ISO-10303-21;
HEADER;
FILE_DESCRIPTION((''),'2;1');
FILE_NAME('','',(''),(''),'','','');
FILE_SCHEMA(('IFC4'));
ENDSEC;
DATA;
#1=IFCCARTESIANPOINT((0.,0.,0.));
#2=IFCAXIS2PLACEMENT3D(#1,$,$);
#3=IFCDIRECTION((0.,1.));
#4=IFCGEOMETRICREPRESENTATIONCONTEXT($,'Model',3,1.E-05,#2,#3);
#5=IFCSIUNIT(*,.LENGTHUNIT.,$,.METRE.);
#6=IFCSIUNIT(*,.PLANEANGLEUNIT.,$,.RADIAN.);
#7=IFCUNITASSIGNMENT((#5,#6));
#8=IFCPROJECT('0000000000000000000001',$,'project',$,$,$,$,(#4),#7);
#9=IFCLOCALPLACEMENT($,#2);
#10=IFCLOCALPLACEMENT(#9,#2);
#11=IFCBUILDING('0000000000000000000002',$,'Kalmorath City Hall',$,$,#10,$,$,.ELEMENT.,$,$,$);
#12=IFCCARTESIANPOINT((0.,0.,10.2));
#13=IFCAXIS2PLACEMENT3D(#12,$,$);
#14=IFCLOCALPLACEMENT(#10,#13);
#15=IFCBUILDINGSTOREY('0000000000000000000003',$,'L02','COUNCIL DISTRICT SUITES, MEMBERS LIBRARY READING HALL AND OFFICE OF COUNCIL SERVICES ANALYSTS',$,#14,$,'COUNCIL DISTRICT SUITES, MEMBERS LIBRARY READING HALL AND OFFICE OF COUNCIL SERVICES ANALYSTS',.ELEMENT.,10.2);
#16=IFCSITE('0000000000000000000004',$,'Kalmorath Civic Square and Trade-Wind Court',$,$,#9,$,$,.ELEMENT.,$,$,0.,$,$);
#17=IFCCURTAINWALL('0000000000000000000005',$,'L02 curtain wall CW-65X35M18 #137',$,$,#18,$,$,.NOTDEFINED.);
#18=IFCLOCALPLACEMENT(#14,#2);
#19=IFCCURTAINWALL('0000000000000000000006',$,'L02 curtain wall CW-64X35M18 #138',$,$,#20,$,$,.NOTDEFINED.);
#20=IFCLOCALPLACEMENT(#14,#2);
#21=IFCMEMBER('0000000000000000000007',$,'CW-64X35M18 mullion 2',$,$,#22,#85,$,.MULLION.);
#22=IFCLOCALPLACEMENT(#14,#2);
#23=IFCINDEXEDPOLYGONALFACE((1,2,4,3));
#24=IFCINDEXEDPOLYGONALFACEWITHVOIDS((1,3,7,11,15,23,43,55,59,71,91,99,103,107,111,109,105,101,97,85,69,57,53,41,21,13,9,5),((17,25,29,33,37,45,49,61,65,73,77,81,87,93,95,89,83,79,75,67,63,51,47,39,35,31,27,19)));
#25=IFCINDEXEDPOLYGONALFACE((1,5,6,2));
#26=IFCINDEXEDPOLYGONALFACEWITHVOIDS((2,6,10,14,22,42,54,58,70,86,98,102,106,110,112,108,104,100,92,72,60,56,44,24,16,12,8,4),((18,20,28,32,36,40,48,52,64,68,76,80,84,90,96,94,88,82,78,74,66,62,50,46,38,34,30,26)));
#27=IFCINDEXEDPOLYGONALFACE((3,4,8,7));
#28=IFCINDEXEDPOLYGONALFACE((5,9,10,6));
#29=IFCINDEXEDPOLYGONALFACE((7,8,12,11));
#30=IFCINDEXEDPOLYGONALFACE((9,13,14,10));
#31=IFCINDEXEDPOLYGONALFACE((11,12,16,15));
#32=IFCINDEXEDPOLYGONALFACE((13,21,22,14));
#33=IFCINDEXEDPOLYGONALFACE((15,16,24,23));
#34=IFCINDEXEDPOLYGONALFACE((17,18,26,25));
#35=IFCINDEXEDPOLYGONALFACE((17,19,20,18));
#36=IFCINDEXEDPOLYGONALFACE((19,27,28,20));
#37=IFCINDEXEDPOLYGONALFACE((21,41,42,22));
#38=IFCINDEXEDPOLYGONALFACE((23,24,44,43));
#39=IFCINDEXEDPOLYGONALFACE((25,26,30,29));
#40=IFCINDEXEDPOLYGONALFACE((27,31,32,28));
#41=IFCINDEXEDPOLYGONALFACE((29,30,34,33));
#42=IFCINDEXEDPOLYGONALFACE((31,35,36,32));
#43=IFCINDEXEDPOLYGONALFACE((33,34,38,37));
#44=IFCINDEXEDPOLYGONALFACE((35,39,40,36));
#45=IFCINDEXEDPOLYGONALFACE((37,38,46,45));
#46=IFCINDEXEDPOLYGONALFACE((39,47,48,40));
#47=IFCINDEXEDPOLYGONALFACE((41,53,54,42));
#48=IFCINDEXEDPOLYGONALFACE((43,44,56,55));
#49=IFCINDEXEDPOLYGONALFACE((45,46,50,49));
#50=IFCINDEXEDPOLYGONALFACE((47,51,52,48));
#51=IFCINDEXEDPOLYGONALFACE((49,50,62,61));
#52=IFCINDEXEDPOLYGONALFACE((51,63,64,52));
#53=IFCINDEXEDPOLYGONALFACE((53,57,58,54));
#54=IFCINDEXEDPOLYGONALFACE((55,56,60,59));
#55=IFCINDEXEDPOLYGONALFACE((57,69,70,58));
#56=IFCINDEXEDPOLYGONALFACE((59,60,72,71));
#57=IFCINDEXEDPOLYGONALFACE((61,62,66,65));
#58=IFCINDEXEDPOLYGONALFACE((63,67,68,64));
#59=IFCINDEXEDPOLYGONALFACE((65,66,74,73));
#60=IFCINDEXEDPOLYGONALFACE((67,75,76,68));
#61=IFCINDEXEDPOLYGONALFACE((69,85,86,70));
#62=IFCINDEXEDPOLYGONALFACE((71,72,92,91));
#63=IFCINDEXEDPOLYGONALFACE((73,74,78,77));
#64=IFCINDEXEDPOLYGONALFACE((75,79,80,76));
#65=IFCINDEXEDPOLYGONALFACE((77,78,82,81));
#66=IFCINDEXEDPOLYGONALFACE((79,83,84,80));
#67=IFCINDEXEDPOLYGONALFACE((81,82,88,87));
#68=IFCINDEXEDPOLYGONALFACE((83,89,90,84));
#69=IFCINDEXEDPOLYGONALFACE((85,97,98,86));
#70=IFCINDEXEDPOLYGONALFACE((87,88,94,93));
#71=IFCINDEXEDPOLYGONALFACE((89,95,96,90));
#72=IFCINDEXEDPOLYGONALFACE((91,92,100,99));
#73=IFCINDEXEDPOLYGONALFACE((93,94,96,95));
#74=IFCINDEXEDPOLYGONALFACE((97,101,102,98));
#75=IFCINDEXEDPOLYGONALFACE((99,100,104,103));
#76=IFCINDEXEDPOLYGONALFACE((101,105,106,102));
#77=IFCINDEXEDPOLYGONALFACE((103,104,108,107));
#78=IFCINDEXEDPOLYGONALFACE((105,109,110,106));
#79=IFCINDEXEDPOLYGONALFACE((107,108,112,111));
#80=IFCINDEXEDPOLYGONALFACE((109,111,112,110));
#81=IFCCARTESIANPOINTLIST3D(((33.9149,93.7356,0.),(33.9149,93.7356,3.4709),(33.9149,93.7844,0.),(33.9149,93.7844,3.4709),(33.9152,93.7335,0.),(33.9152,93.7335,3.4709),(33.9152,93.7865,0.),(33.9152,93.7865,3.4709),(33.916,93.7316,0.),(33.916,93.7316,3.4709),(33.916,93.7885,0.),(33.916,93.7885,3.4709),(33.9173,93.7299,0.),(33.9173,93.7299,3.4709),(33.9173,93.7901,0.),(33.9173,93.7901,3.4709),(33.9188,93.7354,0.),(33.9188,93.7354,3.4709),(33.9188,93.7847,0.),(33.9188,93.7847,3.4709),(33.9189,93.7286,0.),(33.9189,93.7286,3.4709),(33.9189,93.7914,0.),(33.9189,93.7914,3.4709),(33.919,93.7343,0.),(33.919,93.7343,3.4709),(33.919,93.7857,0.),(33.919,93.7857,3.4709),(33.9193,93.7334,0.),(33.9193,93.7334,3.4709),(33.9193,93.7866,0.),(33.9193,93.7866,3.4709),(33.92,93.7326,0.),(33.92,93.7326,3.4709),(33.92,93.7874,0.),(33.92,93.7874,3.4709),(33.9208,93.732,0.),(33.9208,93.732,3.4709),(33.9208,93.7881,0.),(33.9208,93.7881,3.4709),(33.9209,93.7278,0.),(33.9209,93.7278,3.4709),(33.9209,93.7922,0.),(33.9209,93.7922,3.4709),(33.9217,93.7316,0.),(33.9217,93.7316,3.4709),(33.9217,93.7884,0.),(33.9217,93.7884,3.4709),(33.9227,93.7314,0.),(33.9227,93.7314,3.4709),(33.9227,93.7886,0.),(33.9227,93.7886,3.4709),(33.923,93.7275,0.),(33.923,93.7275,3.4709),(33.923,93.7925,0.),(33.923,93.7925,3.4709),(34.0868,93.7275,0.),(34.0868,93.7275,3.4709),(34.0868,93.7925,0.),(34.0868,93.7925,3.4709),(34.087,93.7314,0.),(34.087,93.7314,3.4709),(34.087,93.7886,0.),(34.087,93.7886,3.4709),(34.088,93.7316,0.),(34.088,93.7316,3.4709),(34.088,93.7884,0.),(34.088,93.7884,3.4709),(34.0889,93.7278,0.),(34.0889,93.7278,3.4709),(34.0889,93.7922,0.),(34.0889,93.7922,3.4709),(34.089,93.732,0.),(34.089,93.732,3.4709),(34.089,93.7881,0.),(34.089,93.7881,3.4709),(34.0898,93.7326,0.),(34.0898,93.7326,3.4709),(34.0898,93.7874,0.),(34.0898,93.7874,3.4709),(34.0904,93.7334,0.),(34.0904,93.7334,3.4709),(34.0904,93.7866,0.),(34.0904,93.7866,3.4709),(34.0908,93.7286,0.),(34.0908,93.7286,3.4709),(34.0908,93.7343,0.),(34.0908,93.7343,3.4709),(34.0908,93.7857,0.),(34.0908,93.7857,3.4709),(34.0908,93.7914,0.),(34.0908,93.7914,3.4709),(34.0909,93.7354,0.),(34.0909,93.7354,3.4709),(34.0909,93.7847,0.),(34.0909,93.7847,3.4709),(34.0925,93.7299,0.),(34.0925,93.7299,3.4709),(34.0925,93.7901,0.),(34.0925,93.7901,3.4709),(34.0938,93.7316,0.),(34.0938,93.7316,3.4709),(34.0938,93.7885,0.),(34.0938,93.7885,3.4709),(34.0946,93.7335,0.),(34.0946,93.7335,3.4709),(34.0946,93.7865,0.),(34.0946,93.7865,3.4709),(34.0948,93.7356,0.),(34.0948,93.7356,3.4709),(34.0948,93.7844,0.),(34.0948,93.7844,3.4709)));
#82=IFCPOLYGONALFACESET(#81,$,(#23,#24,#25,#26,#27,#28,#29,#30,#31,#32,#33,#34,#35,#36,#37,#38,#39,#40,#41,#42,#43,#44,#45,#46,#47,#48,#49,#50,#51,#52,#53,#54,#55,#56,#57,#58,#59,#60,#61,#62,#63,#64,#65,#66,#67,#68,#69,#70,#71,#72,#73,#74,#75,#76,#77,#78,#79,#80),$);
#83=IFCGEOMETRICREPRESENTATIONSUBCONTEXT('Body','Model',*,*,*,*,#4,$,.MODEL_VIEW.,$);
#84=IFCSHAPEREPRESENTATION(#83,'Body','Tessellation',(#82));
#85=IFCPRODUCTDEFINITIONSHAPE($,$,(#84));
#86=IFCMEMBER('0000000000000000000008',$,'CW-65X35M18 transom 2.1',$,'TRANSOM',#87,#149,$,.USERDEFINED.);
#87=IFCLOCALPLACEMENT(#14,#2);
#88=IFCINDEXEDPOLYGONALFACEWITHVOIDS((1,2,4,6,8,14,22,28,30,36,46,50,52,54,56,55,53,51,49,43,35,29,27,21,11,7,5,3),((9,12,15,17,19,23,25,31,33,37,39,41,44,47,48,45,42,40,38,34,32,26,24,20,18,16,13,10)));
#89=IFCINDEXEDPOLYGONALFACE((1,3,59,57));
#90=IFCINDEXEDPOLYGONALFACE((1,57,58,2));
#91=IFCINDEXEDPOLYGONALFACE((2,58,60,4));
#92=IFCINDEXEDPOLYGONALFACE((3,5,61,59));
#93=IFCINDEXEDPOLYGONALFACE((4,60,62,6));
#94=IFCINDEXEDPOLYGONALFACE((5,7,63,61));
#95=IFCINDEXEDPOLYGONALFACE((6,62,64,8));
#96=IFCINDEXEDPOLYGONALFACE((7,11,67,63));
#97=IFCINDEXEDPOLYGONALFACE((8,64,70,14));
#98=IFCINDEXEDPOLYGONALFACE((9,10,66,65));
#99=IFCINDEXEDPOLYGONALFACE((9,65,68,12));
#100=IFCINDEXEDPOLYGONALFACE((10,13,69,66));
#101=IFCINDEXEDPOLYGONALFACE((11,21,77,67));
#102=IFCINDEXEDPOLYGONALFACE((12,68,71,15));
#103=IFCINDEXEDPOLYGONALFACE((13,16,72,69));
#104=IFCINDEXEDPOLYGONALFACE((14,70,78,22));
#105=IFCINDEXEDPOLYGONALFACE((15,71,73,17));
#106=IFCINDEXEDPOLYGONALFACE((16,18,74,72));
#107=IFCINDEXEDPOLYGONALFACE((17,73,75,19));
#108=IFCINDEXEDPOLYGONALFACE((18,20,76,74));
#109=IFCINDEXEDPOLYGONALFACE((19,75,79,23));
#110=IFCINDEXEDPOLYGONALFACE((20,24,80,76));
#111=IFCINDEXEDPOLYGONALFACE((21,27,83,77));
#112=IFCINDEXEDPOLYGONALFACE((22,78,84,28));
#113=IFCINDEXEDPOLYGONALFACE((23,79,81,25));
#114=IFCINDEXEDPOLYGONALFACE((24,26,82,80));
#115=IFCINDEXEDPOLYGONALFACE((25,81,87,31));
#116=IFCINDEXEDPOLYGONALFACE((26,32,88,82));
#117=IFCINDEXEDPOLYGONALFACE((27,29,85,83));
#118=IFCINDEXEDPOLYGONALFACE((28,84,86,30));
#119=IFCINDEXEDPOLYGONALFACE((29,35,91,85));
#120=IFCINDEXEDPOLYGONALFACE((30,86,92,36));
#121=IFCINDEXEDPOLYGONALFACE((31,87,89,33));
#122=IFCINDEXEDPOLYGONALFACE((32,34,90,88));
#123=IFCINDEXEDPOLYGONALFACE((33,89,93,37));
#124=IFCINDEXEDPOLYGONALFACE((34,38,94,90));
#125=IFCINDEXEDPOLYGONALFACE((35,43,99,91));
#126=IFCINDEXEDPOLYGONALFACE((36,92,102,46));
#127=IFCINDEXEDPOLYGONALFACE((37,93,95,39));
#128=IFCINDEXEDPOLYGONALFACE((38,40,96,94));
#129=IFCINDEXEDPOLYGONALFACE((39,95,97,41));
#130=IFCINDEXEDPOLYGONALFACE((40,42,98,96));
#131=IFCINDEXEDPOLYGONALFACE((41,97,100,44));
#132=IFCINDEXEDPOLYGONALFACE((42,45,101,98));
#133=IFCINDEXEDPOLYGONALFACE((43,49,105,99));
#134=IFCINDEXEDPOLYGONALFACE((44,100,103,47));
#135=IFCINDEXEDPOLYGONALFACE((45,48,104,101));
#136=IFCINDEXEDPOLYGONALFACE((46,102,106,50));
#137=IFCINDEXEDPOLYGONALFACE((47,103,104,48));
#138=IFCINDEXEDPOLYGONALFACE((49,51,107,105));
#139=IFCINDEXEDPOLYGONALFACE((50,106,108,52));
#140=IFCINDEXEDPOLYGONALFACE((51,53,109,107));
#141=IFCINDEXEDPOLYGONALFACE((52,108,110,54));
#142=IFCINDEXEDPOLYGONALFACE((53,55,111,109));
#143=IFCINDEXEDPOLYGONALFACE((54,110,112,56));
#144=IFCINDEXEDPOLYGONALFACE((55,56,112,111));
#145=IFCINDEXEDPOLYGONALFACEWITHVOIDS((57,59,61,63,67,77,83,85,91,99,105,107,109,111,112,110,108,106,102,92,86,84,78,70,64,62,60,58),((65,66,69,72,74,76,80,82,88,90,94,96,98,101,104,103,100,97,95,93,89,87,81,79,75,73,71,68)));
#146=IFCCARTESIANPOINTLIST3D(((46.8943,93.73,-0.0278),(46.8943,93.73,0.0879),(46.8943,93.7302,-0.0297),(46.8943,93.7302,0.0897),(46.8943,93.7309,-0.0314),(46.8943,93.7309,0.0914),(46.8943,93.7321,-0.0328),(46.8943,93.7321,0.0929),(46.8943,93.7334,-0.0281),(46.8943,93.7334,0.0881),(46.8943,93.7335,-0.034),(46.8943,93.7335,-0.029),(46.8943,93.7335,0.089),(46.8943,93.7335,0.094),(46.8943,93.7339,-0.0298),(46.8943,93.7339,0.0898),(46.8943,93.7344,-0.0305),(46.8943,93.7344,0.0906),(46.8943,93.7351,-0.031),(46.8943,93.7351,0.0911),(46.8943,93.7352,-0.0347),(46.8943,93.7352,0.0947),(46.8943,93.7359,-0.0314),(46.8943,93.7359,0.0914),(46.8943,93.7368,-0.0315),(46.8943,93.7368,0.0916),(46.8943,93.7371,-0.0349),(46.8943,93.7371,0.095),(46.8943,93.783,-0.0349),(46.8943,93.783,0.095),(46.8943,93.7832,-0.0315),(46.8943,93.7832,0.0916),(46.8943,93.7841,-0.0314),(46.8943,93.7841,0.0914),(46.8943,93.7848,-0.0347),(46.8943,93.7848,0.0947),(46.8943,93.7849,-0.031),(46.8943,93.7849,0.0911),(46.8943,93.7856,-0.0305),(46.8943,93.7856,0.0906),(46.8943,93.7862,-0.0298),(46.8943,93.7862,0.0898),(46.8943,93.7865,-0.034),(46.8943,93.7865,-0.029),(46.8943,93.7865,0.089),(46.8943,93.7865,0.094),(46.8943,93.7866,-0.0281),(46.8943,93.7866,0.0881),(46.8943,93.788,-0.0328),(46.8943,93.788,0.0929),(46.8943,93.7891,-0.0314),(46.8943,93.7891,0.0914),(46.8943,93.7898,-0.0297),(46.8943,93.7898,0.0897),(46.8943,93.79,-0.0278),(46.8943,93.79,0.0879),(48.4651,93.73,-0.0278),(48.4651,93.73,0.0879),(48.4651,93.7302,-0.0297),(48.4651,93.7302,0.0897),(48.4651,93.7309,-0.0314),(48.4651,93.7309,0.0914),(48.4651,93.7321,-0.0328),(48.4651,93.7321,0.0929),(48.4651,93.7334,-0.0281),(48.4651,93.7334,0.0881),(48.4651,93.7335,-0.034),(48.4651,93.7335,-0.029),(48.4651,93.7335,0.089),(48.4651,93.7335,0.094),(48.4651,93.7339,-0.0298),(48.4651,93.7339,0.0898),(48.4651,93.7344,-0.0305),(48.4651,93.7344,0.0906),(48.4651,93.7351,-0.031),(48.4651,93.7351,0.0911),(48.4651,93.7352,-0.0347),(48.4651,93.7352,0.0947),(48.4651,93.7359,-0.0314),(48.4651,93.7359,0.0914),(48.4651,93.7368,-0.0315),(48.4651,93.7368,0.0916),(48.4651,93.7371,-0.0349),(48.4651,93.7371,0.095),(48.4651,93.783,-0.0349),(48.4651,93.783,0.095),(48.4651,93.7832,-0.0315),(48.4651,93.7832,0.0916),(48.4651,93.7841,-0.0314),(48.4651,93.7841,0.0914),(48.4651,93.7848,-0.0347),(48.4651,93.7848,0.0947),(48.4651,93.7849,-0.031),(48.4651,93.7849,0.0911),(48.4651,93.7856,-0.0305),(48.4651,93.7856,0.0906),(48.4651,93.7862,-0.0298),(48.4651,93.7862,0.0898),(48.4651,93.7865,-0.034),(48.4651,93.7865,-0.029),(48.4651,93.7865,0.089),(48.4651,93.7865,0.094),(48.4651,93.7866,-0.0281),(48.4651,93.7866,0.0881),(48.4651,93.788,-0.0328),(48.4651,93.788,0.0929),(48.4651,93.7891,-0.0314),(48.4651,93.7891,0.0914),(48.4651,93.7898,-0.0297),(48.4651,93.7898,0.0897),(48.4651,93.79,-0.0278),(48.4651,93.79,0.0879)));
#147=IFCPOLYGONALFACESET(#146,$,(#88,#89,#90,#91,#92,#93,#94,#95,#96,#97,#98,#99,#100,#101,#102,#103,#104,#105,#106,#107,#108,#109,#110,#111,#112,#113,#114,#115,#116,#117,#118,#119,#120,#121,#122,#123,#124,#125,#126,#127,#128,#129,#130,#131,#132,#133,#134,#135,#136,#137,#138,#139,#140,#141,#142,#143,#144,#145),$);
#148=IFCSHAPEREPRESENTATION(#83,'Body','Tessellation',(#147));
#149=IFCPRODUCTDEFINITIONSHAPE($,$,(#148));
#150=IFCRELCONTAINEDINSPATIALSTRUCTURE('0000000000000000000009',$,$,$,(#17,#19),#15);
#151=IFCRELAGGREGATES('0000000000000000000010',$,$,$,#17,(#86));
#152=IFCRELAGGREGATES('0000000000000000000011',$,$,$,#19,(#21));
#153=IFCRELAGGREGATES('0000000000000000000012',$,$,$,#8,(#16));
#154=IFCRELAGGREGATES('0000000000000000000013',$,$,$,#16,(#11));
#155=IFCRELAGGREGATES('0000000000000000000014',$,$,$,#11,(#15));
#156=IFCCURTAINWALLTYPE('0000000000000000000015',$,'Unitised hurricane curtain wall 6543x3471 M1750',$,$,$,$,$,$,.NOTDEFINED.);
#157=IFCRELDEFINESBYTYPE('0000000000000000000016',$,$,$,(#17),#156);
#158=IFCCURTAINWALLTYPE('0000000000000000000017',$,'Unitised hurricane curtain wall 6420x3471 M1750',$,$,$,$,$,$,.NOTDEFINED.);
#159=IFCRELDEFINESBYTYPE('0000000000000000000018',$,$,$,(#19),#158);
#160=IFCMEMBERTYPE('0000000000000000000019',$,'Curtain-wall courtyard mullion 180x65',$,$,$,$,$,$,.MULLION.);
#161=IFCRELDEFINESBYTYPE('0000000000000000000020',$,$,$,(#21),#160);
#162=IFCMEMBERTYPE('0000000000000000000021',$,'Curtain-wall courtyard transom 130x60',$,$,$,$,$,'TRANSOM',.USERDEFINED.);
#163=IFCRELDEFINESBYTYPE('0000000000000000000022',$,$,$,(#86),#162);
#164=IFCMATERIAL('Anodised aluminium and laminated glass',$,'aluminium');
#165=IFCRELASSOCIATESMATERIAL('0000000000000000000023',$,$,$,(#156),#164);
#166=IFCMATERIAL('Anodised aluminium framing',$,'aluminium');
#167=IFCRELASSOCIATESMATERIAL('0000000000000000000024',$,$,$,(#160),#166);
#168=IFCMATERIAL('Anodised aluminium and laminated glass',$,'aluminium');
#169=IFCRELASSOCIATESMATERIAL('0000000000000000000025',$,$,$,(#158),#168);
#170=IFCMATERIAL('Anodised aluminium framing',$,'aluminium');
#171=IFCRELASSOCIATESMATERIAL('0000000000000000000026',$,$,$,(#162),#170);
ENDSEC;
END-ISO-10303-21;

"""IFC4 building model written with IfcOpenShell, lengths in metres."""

from ifc_helpers import new_model, si_unit, direction, frame, origin, origin_2d, place, context, subcontext, project, spatial, hollow_rectangle, extrude, material, material_profile, profile_set, type_object, element, aggregate, save


model = new_model("IFC4")

# Units and contexts
model_context = context("Model", 3, precision=1e-05, world=origin(), true_north=direction((0.0, 1.0)))
body_context = subcontext(model_context, "Body", "Model", "MODEL_VIEW")
ifc_project = project(units=[si_unit("LENGTHUNIT", "METRE"), si_unit("PLANEANGLEUNIT", "RADIAN")], contexts=[model_context])

# Site, building, storey
site_placement = place(None, origin())
site = spatial("IfcSite", under=ifc_project, at=site_placement, Name="Kalmorath Civic Square and Trade-Wind Court", CompositionType="ELEMENT", RefElevation=0.0)
building_placement = place(site_placement, origin())
building = spatial("IfcBuilding", under=site, at=building_placement, Name="Kalmorath City Hall", CompositionType="ELEMENT")
storey_placement = place(building_placement, frame((0.0, 0.0, 10.2)))
storey = spatial("IfcBuildingStorey", under=building, at=storey_placement, Name="L02", Description="COUNCIL DISTRICT SUITES, MEMBERS LIBRARY READING HALL AND OFFICE OF COUNCIL SERVICES ANALYSTS", LongName="COUNCIL DISTRICT SUITES, MEMBERS LIBRARY READING HALL AND OFFICE OF COUNCIL SERVICES ANALYSTS", CompositionType="ELEMENT", Elevation=10.2)

# Curtain walls, member
ifc_material_1 = material(Name="Anodised aluminium and laminated glass", Category="aluminium")
curtain_wall_type_1 = type_object("IfcCurtainWallType", Name="Unitised hurricane curtain wall 6543x3471 M1750", PredefinedType="NOTDEFINED", material=ifc_material_1)
curtain_wall_1_placement = place(storey_placement, origin())
curtain_wall_1 = element("IfcCurtainWall", 1, at=curtain_wall_1_placement, inside=storey, type_object=curtain_wall_type_1, Name="L02 curtain wall CW-65X35M18 #137", PredefinedType="NOTDEFINED")
ifc_material_2 = material(Name="Anodised aluminium framing", Category="aluminium")
ifc_material_profile_1 = material_profile(ifc_material_2, hollow_rectangle(XDim=0.0649, YDim=0.1799, WallThickness=0.0039, InnerFilletRadius=0.0039, OuterFilletRadius=0.0081, at=origin_2d()), Name="ALU-MUL-180X65X4")
ifc_profile_set_1 = profile_set([ifc_material_profile_1], Name="Anodised aluminium framing")
member_type_1 = type_object("IfcMemberType", Name="Curtain-wall courtyard mullion 180x65", PredefinedType="MULLION", material=ifc_profile_set_1)
ifc_material_3 = material(Name="Anodised aluminium and laminated glass", Category="aluminium")
curtain_wall_type_2 = type_object("IfcCurtainWallType", Name="Unitised hurricane curtain wall 6420x3471 M1750", PredefinedType="NOTDEFINED", material=ifc_material_3)
curtain_wall_2_placement = place(storey_placement, origin())
curtain_wall_2 = element("IfcCurtainWall", 2, at=curtain_wall_2_placement, inside=storey, type_object=curtain_wall_type_2, Name="L02 curtain wall CW-64X35M18 #138", PredefinedType="NOTDEFINED")
member_1_placement = place(storey_placement, frame((34.0049, 93.76, 0.0), z_axis=(0.0, 0.0, 1.0), x_axis=(0.0, -1.0, 0.0)))
member_1 = element("IfcMember", 3, at=member_1_placement, type_object=member_type_1, Name="CW-64X35M18 mullion 2", PredefinedType="MULLION", context=body_context, shape_type="SweptSolid", body=[
    extrude(hollow_rectangle(XDim=0.0649, YDim=0.1799, WallThickness=0.0039, InnerFilletRadius=0.0039, OuterFilletRadius=0.0081, at=origin_2d()), origin(), (0.0, 0.0, 1.0), 3.4709),
])

# Member
ifc_material_4 = material(Name="Anodised aluminium framing", Category="aluminium")
ifc_material_profile_2 = material_profile(ifc_material_4, hollow_rectangle(XDim=0.0601, YDim=0.1299, WallThickness=0.0034, InnerFilletRadius=0.0034, OuterFilletRadius=0.0071, at=origin_2d()), Name="ALU-TRN-130X60X3.5")
ifc_profile_set_2 = profile_set([ifc_material_profile_2], Name="Anodised aluminium framing")
member_type_2 = type_object("IfcMemberType", Name="Curtain-wall courtyard transom 130x60", ElementType="TRANSOM", PredefinedType="USERDEFINED", material=ifc_profile_set_2)
member_2_placement = place(storey_placement, frame((48.4651, 93.76, 0.03), z_axis=(-1.0, 0.0, 0.0), x_axis=(0.0, -1.0, 0.0)))
member_2 = element("IfcMember", 4, at=member_2_placement, type_object=member_type_2, Name="CW-65X35M18 transom 2.1", ObjectType="TRANSOM", PredefinedType="USERDEFINED", context=body_context, shape_type="SweptSolid", body=[
    extrude(hollow_rectangle(XDim=0.0601, YDim=0.1299, WallThickness=0.0034, InnerFilletRadius=0.0034, OuterFilletRadius=0.0071, at=origin_2d()), origin(), (0.0, 0.0, 1.0), 1.5708),
])

aggregate(curtain_wall_1, [member_2])
aggregate(curtain_wall_2, [member_1])

save(model, "model.ifc")
